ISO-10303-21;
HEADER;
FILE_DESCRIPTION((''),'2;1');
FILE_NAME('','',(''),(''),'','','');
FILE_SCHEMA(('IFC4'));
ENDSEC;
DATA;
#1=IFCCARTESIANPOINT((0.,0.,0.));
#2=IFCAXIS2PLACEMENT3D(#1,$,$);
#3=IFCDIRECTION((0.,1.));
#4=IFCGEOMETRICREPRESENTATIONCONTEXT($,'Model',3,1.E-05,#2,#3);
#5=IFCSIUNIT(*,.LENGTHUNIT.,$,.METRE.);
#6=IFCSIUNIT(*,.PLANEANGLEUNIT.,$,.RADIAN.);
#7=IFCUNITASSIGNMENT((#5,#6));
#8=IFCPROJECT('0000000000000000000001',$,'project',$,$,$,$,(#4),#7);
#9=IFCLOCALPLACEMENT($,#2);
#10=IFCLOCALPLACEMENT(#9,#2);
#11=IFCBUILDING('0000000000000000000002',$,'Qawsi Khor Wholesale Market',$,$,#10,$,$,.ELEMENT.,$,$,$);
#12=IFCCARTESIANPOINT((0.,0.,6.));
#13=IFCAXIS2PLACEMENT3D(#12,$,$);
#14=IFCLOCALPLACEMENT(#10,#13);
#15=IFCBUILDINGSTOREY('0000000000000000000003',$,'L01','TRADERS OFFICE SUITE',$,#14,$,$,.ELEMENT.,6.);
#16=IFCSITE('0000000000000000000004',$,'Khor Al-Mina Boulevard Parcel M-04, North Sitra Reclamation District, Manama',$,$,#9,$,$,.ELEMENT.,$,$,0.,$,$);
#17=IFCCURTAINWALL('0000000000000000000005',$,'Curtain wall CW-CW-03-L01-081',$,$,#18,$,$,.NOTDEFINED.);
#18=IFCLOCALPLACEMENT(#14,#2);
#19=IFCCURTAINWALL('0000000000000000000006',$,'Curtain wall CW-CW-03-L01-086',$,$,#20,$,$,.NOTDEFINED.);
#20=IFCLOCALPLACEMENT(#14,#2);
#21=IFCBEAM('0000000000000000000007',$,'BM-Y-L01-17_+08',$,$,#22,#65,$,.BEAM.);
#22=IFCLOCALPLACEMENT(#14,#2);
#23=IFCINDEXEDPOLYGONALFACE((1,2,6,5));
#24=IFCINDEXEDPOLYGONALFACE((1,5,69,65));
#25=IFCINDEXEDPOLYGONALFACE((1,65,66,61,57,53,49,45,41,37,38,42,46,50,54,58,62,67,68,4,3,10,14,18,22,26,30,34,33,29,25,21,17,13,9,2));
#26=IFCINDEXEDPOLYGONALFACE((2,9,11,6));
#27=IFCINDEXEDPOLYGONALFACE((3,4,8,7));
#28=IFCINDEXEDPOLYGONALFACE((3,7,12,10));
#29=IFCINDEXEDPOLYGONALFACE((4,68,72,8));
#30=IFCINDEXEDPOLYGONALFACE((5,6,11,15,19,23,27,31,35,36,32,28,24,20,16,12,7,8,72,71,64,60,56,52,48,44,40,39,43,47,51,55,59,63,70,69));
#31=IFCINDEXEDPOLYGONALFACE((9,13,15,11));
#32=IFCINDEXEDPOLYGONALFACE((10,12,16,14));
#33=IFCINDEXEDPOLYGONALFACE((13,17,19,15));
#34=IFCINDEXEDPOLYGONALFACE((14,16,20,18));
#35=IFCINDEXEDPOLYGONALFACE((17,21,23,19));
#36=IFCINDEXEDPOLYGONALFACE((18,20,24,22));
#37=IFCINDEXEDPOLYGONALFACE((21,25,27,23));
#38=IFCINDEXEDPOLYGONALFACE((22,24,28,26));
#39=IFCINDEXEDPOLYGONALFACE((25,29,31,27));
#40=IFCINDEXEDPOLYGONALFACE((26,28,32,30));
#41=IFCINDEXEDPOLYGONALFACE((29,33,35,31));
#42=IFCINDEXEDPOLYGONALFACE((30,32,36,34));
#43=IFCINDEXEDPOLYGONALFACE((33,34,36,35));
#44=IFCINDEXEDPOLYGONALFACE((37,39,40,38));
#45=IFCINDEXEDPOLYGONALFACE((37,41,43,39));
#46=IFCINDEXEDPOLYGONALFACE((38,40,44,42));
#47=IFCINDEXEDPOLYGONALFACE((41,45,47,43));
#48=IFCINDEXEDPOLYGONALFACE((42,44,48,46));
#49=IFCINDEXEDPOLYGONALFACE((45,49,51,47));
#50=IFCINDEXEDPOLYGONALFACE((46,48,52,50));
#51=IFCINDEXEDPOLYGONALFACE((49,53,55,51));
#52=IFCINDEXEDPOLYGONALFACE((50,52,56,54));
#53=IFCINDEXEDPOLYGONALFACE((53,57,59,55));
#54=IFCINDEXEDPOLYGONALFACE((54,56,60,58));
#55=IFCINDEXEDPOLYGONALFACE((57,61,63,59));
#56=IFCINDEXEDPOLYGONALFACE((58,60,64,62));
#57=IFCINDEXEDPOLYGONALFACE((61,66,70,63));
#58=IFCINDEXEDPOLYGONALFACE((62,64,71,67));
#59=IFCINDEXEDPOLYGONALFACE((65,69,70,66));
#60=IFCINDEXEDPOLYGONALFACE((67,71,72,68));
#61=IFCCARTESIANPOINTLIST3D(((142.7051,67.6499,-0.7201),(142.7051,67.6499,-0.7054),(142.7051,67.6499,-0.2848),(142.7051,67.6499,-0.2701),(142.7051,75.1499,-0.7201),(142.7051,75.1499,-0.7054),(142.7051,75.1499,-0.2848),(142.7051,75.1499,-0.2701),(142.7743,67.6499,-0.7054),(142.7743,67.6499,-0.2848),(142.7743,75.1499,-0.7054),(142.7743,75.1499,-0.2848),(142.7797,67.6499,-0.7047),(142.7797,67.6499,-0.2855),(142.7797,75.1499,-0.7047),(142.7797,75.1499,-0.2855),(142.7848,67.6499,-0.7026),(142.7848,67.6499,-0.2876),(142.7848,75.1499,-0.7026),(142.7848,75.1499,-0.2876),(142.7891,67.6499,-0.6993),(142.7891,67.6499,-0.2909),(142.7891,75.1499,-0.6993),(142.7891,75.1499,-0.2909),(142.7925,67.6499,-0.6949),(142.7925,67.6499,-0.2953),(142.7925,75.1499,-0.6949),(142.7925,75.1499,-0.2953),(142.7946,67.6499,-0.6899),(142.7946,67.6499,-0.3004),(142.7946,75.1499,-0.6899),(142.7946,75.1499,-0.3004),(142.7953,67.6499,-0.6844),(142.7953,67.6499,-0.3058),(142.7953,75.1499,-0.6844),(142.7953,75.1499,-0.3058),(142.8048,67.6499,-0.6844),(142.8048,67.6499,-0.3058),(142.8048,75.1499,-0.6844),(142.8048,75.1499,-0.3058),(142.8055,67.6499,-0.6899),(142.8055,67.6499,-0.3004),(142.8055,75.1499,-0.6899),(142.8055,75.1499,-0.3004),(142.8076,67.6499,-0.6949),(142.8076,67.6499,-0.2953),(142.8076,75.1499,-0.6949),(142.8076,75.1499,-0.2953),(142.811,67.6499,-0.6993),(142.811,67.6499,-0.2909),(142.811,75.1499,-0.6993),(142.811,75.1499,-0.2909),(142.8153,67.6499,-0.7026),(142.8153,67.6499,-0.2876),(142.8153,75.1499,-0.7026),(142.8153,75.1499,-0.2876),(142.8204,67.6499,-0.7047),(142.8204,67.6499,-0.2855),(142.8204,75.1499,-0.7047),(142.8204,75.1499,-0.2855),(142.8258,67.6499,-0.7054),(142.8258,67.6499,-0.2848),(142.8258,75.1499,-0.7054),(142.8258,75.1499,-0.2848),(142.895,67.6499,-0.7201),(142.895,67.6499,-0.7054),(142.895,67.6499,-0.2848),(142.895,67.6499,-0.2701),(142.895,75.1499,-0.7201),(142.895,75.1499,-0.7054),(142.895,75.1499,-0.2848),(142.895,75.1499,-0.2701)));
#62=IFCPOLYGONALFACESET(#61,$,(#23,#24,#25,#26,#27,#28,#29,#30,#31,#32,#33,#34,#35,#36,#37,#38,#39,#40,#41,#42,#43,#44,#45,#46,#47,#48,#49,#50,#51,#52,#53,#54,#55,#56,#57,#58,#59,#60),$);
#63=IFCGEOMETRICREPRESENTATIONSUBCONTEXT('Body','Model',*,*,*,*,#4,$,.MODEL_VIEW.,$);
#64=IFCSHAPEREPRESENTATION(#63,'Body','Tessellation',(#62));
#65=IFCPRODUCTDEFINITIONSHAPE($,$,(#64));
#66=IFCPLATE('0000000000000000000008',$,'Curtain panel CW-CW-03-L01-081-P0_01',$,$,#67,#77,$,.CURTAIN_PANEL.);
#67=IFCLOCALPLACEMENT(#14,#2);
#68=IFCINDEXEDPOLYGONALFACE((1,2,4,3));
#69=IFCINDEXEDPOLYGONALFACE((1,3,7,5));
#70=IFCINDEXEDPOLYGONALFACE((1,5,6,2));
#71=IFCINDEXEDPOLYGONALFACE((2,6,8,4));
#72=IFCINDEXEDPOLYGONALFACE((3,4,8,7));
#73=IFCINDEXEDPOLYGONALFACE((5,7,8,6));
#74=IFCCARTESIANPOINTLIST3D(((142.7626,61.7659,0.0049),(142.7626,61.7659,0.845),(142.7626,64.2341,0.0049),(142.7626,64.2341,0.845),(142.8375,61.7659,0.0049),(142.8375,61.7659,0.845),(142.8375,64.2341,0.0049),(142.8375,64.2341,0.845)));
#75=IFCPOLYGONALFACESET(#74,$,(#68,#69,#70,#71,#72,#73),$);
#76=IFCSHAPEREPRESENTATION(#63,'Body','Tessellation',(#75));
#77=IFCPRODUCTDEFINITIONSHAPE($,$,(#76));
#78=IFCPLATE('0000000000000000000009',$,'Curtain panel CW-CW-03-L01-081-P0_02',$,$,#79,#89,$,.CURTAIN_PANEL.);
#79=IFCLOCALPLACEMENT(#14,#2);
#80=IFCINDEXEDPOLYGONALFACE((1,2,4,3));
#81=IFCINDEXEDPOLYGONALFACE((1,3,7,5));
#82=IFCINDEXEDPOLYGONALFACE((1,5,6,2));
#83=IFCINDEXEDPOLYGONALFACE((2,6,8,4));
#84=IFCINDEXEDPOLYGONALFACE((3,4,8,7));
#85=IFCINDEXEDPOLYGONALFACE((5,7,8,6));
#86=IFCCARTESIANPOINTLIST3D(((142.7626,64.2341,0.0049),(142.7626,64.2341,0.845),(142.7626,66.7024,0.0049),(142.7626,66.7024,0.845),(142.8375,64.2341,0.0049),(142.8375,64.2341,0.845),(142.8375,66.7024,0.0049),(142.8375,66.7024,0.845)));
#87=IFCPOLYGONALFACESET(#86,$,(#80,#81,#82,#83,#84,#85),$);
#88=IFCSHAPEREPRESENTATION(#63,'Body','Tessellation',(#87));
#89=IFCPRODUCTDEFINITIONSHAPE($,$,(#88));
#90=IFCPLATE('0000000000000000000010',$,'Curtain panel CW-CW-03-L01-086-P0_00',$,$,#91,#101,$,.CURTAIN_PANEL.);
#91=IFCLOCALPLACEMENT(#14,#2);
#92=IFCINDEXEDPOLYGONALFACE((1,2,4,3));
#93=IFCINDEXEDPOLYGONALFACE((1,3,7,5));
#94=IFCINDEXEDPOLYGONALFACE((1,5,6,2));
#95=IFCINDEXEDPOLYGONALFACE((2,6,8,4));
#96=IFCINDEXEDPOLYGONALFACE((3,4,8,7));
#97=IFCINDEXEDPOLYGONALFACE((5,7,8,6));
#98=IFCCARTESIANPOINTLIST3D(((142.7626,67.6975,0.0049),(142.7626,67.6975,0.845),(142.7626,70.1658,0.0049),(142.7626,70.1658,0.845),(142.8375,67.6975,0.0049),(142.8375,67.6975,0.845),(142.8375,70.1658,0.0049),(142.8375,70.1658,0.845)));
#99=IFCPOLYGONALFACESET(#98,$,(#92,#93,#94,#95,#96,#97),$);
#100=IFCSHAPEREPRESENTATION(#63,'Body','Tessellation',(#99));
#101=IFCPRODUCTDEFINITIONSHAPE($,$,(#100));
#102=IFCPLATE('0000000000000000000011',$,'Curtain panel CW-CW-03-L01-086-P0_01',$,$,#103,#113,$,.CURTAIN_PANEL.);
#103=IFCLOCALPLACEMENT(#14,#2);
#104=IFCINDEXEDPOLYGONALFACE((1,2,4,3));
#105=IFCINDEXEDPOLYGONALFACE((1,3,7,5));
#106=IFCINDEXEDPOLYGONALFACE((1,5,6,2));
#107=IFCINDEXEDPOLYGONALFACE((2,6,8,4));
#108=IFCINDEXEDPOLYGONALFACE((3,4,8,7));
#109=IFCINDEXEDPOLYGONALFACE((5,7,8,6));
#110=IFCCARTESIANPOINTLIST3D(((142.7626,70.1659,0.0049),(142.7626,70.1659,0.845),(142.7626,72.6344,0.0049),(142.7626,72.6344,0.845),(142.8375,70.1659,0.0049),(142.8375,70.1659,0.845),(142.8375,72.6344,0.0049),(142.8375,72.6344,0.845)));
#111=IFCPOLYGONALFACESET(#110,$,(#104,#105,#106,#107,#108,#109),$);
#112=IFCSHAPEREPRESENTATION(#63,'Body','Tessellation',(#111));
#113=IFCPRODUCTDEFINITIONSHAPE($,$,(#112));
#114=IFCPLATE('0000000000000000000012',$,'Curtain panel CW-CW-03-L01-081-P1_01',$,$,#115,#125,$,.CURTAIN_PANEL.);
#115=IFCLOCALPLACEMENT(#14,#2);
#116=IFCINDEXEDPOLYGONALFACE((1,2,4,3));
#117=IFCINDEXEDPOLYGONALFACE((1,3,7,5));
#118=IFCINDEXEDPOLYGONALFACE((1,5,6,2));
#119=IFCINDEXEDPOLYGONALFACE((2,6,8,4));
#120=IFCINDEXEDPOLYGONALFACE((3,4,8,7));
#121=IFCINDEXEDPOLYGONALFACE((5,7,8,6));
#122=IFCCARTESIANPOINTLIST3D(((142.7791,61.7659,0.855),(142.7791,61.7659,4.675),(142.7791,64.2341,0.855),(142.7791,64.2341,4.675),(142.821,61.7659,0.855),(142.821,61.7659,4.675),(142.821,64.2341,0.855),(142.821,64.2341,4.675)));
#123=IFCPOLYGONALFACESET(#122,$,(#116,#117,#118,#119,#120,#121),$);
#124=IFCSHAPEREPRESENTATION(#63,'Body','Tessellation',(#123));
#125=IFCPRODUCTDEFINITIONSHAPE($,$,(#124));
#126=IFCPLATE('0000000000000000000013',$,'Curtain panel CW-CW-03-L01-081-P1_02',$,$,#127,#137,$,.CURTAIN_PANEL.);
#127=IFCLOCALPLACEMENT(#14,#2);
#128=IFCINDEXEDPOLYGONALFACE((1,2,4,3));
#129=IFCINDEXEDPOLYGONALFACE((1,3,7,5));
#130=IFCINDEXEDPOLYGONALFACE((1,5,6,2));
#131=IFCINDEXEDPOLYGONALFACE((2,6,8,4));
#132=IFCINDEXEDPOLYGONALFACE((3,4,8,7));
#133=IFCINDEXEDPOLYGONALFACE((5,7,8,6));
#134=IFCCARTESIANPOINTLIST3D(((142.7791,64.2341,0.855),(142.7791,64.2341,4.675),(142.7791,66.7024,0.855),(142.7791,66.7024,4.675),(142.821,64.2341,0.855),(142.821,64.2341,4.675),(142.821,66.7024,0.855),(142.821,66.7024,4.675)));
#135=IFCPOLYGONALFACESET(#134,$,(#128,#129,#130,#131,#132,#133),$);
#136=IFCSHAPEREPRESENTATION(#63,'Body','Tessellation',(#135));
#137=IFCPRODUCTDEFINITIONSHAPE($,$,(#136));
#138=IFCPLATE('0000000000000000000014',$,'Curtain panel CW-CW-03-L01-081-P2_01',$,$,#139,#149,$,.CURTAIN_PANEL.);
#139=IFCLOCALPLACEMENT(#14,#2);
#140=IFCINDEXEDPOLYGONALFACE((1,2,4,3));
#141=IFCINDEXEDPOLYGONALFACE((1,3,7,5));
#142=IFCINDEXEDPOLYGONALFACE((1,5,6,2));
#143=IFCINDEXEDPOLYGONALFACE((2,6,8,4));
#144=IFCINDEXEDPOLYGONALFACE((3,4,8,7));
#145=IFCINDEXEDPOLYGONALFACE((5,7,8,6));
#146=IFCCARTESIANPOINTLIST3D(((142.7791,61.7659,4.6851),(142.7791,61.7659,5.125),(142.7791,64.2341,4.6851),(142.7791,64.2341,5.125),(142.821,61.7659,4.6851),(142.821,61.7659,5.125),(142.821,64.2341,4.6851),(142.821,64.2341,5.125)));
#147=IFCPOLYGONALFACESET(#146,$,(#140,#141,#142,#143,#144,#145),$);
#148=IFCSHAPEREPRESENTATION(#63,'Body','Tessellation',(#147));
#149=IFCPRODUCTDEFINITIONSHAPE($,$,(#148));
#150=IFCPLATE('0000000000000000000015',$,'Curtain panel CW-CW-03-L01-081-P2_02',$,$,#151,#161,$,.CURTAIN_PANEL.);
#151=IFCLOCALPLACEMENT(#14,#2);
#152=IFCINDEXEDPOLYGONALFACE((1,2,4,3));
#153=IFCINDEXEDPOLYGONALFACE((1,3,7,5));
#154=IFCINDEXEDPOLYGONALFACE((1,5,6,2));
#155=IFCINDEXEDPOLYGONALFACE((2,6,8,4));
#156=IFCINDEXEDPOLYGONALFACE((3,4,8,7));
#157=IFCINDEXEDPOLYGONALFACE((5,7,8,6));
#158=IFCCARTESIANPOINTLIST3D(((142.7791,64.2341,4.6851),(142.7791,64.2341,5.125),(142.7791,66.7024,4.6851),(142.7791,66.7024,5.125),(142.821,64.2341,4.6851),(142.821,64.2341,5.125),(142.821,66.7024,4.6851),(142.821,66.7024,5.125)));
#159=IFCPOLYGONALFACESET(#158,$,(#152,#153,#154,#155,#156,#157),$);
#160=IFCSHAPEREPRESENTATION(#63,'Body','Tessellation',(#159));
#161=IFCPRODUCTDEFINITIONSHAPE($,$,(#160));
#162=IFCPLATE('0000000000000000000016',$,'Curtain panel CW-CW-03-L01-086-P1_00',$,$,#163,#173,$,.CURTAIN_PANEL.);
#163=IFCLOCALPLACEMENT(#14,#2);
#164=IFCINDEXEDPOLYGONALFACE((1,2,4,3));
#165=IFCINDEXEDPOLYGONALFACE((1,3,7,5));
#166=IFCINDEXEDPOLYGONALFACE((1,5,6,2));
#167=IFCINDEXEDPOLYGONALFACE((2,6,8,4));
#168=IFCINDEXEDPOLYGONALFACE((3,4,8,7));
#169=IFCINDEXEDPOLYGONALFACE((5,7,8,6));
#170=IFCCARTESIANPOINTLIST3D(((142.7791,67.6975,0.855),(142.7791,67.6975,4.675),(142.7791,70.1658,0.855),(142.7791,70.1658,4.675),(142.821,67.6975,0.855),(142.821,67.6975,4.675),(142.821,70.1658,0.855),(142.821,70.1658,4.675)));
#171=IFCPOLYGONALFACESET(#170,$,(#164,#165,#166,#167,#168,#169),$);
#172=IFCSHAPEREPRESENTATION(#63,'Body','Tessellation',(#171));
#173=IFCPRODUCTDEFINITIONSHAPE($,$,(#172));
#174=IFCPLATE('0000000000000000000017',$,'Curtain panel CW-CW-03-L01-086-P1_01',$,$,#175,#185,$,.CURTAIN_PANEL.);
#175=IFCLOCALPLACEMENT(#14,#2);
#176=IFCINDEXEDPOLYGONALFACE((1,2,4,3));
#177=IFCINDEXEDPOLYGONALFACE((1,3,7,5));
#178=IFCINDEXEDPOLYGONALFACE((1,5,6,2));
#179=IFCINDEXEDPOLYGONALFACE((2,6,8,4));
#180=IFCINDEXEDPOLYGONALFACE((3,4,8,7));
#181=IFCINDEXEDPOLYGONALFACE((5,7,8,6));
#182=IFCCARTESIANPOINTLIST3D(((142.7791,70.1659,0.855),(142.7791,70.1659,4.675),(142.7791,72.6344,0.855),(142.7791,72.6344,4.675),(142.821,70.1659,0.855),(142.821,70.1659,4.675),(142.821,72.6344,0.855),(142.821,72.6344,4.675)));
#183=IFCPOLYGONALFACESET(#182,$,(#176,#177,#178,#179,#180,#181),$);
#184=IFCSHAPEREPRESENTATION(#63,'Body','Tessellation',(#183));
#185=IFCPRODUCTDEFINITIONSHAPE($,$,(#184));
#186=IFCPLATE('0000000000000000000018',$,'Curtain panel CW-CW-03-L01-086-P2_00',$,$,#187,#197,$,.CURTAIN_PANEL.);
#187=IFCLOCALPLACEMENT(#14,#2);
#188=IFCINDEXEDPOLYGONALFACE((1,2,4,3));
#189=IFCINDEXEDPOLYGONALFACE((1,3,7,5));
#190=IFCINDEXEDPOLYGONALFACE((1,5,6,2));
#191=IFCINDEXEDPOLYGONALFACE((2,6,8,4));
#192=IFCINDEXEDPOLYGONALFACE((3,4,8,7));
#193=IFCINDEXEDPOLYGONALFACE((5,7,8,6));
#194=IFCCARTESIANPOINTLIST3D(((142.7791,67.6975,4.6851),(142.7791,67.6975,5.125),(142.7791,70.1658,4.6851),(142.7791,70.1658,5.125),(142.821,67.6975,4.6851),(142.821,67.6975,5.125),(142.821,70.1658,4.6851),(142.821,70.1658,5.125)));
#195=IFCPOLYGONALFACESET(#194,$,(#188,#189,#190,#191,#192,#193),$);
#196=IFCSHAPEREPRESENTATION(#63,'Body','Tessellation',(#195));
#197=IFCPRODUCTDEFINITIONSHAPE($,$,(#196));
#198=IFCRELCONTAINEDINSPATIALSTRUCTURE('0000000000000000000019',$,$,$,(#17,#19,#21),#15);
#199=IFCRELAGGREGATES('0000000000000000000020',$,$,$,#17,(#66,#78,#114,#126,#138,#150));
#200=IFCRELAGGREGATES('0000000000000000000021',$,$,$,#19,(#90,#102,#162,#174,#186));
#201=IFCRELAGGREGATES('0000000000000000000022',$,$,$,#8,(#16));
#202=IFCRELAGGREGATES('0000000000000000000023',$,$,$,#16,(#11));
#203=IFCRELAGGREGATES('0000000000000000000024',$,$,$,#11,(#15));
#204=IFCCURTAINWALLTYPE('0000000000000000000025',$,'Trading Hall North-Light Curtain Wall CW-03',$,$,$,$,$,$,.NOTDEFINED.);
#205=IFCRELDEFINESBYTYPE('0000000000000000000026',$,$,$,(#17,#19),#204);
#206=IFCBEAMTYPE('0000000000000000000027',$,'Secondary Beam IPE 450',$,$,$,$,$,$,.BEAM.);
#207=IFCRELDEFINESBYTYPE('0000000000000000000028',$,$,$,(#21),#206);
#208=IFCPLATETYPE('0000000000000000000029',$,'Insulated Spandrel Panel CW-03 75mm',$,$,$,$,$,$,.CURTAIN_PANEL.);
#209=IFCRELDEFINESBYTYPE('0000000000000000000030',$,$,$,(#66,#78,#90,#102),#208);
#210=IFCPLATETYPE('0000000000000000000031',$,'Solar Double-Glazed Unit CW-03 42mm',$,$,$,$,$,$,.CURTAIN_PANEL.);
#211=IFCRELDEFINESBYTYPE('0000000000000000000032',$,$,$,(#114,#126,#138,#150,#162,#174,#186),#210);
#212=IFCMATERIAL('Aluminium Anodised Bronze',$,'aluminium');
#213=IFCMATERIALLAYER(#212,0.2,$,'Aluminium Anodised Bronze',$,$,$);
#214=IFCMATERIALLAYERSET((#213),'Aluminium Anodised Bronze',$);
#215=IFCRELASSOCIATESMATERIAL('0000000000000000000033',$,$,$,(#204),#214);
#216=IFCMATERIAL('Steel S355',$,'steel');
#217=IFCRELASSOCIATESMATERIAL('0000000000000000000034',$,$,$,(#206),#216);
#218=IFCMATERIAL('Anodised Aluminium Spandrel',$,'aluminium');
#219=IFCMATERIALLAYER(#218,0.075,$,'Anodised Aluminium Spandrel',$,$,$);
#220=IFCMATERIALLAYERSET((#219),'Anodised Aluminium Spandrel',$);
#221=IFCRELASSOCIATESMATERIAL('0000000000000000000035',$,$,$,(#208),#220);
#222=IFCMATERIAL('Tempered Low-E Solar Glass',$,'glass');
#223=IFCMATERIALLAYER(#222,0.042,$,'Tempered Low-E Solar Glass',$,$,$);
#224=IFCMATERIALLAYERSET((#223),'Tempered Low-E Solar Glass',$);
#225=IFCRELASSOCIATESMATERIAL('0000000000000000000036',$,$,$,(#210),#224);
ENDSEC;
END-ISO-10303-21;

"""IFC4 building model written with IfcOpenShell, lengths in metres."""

from ifc_helpers import new_model, si_unit, direction, frame, frame_2d, origin, origin_2d, place, context, subcontext, project, spatial, rectangle, i_section, extrude, material, layer, layer_set, material_profile, profile_set, type_object, element, aggregate, save


model = new_model("IFC4")

# Units and contexts
model_context = context("Model", 3, precision=1e-05, world=origin(), true_north=direction((0.0, 1.0)))
body_context = subcontext(model_context, "Body", "Model", "MODEL_VIEW")
ifc_project = project(units=[si_unit("LENGTHUNIT", "METRE"), si_unit("PLANEANGLEUNIT", "RADIAN")], contexts=[model_context])

# Site, building, storey
site_placement = place(None, origin())
site = spatial("IfcSite", under=ifc_project, at=site_placement, Name="Khor Al-Mina Boulevard Parcel M-04, North Sitra Reclamation District, Manama", CompositionType="ELEMENT", RefElevation=0.0)
building_placement = place(site_placement, origin())
building = spatial("IfcBuilding", under=site, at=building_placement, Name="Qawsi Khor Wholesale Market", CompositionType="ELEMENT")
storey_placement = place(building_placement, frame((0.0, 0.0, 6.0)))
storey = spatial("IfcBuildingStorey", under=building, at=storey_placement, Name="L01", Description="TRADERS OFFICE SUITE", CompositionType="ELEMENT", Elevation=6.0)

# Curtain walls
ifc_material_1 = material(Name="Aluminium Anodised Bronze", Category="aluminium")
ifc_layer_1 = layer(ifc_material_1, 0.2, Name="Aluminium Anodised Bronze")
ifc_layer_set_1 = layer_set([ifc_layer_1], Name="Aluminium Anodised Bronze")
curtain_wall_type_1 = type_object("IfcCurtainWallType", Name="Trading Hall North-Light Curtain Wall CW-03", PredefinedType="NOTDEFINED", material=ifc_layer_set_1)
curtain_wall_1_placement = place(storey_placement, origin())
curtain_wall_1 = element("IfcCurtainWall", 1, at=curtain_wall_1_placement, inside=storey, type_object=curtain_wall_type_1, Name="Curtain wall CW-CW-03-L01-081", PredefinedType="NOTDEFINED")
curtain_wall_2_placement = place(storey_placement, origin())
curtain_wall_2 = element("IfcCurtainWall", 2, at=curtain_wall_2_placement, inside=storey, type_object=curtain_wall_type_1, Name="Curtain wall CW-CW-03-L01-086", PredefinedType="NOTDEFINED")

# Beam
ifc_material_2 = material(Name="Steel S355", Category="steel")
ifc_material_profile_1 = material_profile(ifc_material_2, i_section(OverallWidth=0.1899, OverallDepth=0.45, WebThickness=0.0095, FlangeThickness=0.0146, FilletRadius=0.021, at=origin_2d()), Name="IPE 450")
ifc_profile_set_1 = profile_set([ifc_material_profile_1], Name="Steel S355")
beam_type = type_object("IfcBeamType", Name="Secondary Beam IPE 450", PredefinedType="BEAM", material=ifc_profile_set_1)
beam_placement = place(storey_placement, frame((142.8, 67.6499, -0.4951), z_axis=(0.0, 1.0, 0.0), x_axis=(-1.0, 0.0, 0.0)))
element("IfcBeam", 3, at=beam_placement, inside=storey, type_object=beam_type, Name="BM-Y-L01-17_+08", PredefinedType="BEAM", context=body_context, shape_type="SweptSolid", body=[
    extrude(i_section(OverallWidth=0.1899, OverallDepth=0.45, WebThickness=0.0095, FlangeThickness=0.0146, FilletRadius=0.021, at=origin_2d()), origin(), (0.0, 0.0, 1.0), 7.5),
])

# Plates
ifc_material_3 = material(Name="Anodised Aluminium Spandrel", Category="aluminium")
ifc_layer_2 = layer(ifc_material_3, 0.075, Name="Anodised Aluminium Spandrel")
ifc_layer_set_2 = layer_set([ifc_layer_2], Name="Anodised Aluminium Spandrel")
plate_type_1 = type_object("IfcPlateType", Name="Insulated Spandrel Panel CW-03 75mm", PredefinedType="CURTAIN_PANEL", material=ifc_layer_set_2)
plate_1_placement = place(storey_placement, frame((142.8, 61.7659, 0.0049), z_axis=(0.0, 0.0, 1.0), x_axis=(0.0, 1.0, 0.0)))
plate_1 = element("IfcPlate", 4, at=plate_1_placement, type_object=plate_type_1, Name="Curtain panel CW-CW-03-L01-081-P0_01", PredefinedType="CURTAIN_PANEL", context=body_context, shape_type="SweptSolid", body=[
    extrude(rectangle(XDim=2.4683, YDim=0.075, at=frame_2d((1.2341, 0.0))), origin(), (0.0, 0.0, 1.0), 0.8401),
])
plate_2_placement = place(storey_placement, frame((142.8, 64.2341, 0.0049), z_axis=(0.0, 0.0, 1.0), x_axis=(0.0, 1.0, 0.0)))
plate_2 = element("IfcPlate", 5, at=plate_2_placement, type_object=plate_type_1, Name="Curtain panel CW-CW-03-L01-081-P0_02", PredefinedType="CURTAIN_PANEL", context=body_context, shape_type="SweptSolid", body=[
    extrude(rectangle(XDim=2.4683, YDim=0.075, at=frame_2d((1.2341, 0.0))), origin(), (0.0, 0.0, 1.0), 0.8401),
])
plate_3_placement = place(storey_placement, frame((142.8, 67.6975, 0.0049), z_axis=(0.0, 0.0, 1.0), x_axis=(0.0, 1.0, 0.0)))
plate_3 = element("IfcPlate", 6, at=plate_3_placement, type_object=plate_type_1, Name="Curtain panel CW-CW-03-L01-086-P0_00", PredefinedType="CURTAIN_PANEL", context=body_context, shape_type="SweptSolid", body=[
    extrude(rectangle(XDim=2.4683, YDim=0.075, at=frame_2d((1.2341, 0.0))), origin(), (0.0, 0.0, 1.0), 0.8401),
])
plate_4_placement = place(storey_placement, frame((142.8, 70.1658, 0.0049), z_axis=(0.0, 0.0, 1.0), x_axis=(0.0, 1.0, 0.0)))
plate_4 = element("IfcPlate", 7, at=plate_4_placement, type_object=plate_type_1, Name="Curtain panel CW-CW-03-L01-086-P0_01", PredefinedType="CURTAIN_PANEL", context=body_context, shape_type="SweptSolid", body=[
    extrude(rectangle(XDim=2.4685, YDim=0.075, at=frame_2d((1.2344, 0.0))), origin(), (0.0, 0.0, 1.0), 0.8401),
])
ifc_material_4 = material(Name="Tempered Low-E Solar Glass", Category="glass")
ifc_layer_3 = layer(ifc_material_4, 0.042, Name="Tempered Low-E Solar Glass")
ifc_layer_set_3 = layer_set([ifc_layer_3], Name="Tempered Low-E Solar Glass")
plate_type_2 = type_object("IfcPlateType", Name="Solar Double-Glazed Unit CW-03 42mm", PredefinedType="CURTAIN_PANEL", material=ifc_layer_set_3)
plate_5_placement = place(storey_placement, frame((142.8, 61.7659, 0.855), z_axis=(0.0, 0.0, 1.0), x_axis=(0.0, 1.0, 0.0)))
plate_5 = element("IfcPlate", 8, at=plate_5_placement, type_object=plate_type_2, Name="Curtain panel CW-CW-03-L01-081-P1_01", PredefinedType="CURTAIN_PANEL", context=body_context, shape_type="SweptSolid", body=[
    extrude(rectangle(XDim=2.4683, YDim=0.042, at=frame_2d((1.2341, 0.0))), origin(), (0.0, 0.0, 1.0), 3.8201),
])
plate_6_placement = place(storey_placement, frame((142.8, 64.2341, 0.855), z_axis=(0.0, 0.0, 1.0), x_axis=(0.0, 1.0, 0.0)))
plate_6 = element("IfcPlate", 9, at=plate_6_placement, type_object=plate_type_2, Name="Curtain panel CW-CW-03-L01-081-P1_02", PredefinedType="CURTAIN_PANEL", context=body_context, shape_type="SweptSolid", body=[
    extrude(rectangle(XDim=2.4683, YDim=0.042, at=frame_2d((1.2341, 0.0))), origin(), (0.0, 0.0, 1.0), 3.8201),
])
plate_7_placement = place(storey_placement, frame((142.8, 61.7659, 4.6851), z_axis=(0.0, 0.0, 1.0), x_axis=(0.0, 1.0, 0.0)))
plate_7 = element("IfcPlate", 10, at=plate_7_placement, type_object=plate_type_2, Name="Curtain panel CW-CW-03-L01-081-P2_01", PredefinedType="CURTAIN_PANEL", context=body_context, shape_type="SweptSolid", body=[
    extrude(rectangle(XDim=2.4683, YDim=0.042, at=frame_2d((1.2341, 0.0))), origin(), (0.0, 0.0, 1.0), 0.4399),
])
plate_8_placement = place(storey_placement, frame((142.8, 64.2341, 4.6851), z_axis=(0.0, 0.0, 1.0), x_axis=(0.0, 1.0, 0.0)))
plate_8 = element("IfcPlate", 11, at=plate_8_placement, type_object=plate_type_2, Name="Curtain panel CW-CW-03-L01-081-P2_02", PredefinedType="CURTAIN_PANEL", context=body_context, shape_type="SweptSolid", body=[
    extrude(rectangle(XDim=2.4683, YDim=0.042, at=frame_2d((1.2341, 0.0))), origin(), (0.0, 0.0, 1.0), 0.4399),
])
aggregate(curtain_wall_1, [plate_1, plate_2, plate_5, plate_6, plate_7, plate_8])
plate_9_placement = place(storey_placement, frame((142.8, 67.6975, 0.855), z_axis=(0.0, 0.0, 1.0), x_axis=(0.0, 1.0, 0.0)))
plate_9 = element("IfcPlate", 12, at=plate_9_placement, type_object=plate_type_2, Name="Curtain panel CW-CW-03-L01-086-P1_00", PredefinedType="CURTAIN_PANEL", context=body_context, shape_type="SweptSolid", body=[
    extrude(rectangle(XDim=2.4683, YDim=0.042, at=frame_2d((1.2341, 0.0))), origin(), (0.0, 0.0, 1.0), 3.8201),
])
plate_10_placement = place(storey_placement, frame((142.8, 70.1658, 0.855), z_axis=(0.0, 0.0, 1.0), x_axis=(0.0, 1.0, 0.0)))
plate_10 = element("IfcPlate", 13, at=plate_10_placement, type_object=plate_type_2, Name="Curtain panel CW-CW-03-L01-086-P1_01", PredefinedType="CURTAIN_PANEL", context=body_context, shape_type="SweptSolid", body=[
    extrude(rectangle(XDim=2.4685, YDim=0.042, at=frame_2d((1.2344, 0.0))), origin(), (0.0, 0.0, 1.0), 3.8201),
])
plate_11_placement = place(storey_placement, frame((142.8, 67.6975, 4.6851), z_axis=(0.0, 0.0, 1.0), x_axis=(0.0, 1.0, 0.0)))
plate_11 = element("IfcPlate", 14, at=plate_11_placement, type_object=plate_type_2, Name="Curtain panel CW-CW-03-L01-086-P2_00", PredefinedType="CURTAIN_PANEL", context=body_context, shape_type="SweptSolid", body=[
    extrude(rectangle(XDim=2.4683, YDim=0.042, at=frame_2d((1.2341, 0.0))), origin(), (0.0, 0.0, 1.0), 0.4399),
])
aggregate(curtain_wall_2, [plate_3, plate_4, plate_9, plate_10, plate_11])

save(model, "model.ifc")
